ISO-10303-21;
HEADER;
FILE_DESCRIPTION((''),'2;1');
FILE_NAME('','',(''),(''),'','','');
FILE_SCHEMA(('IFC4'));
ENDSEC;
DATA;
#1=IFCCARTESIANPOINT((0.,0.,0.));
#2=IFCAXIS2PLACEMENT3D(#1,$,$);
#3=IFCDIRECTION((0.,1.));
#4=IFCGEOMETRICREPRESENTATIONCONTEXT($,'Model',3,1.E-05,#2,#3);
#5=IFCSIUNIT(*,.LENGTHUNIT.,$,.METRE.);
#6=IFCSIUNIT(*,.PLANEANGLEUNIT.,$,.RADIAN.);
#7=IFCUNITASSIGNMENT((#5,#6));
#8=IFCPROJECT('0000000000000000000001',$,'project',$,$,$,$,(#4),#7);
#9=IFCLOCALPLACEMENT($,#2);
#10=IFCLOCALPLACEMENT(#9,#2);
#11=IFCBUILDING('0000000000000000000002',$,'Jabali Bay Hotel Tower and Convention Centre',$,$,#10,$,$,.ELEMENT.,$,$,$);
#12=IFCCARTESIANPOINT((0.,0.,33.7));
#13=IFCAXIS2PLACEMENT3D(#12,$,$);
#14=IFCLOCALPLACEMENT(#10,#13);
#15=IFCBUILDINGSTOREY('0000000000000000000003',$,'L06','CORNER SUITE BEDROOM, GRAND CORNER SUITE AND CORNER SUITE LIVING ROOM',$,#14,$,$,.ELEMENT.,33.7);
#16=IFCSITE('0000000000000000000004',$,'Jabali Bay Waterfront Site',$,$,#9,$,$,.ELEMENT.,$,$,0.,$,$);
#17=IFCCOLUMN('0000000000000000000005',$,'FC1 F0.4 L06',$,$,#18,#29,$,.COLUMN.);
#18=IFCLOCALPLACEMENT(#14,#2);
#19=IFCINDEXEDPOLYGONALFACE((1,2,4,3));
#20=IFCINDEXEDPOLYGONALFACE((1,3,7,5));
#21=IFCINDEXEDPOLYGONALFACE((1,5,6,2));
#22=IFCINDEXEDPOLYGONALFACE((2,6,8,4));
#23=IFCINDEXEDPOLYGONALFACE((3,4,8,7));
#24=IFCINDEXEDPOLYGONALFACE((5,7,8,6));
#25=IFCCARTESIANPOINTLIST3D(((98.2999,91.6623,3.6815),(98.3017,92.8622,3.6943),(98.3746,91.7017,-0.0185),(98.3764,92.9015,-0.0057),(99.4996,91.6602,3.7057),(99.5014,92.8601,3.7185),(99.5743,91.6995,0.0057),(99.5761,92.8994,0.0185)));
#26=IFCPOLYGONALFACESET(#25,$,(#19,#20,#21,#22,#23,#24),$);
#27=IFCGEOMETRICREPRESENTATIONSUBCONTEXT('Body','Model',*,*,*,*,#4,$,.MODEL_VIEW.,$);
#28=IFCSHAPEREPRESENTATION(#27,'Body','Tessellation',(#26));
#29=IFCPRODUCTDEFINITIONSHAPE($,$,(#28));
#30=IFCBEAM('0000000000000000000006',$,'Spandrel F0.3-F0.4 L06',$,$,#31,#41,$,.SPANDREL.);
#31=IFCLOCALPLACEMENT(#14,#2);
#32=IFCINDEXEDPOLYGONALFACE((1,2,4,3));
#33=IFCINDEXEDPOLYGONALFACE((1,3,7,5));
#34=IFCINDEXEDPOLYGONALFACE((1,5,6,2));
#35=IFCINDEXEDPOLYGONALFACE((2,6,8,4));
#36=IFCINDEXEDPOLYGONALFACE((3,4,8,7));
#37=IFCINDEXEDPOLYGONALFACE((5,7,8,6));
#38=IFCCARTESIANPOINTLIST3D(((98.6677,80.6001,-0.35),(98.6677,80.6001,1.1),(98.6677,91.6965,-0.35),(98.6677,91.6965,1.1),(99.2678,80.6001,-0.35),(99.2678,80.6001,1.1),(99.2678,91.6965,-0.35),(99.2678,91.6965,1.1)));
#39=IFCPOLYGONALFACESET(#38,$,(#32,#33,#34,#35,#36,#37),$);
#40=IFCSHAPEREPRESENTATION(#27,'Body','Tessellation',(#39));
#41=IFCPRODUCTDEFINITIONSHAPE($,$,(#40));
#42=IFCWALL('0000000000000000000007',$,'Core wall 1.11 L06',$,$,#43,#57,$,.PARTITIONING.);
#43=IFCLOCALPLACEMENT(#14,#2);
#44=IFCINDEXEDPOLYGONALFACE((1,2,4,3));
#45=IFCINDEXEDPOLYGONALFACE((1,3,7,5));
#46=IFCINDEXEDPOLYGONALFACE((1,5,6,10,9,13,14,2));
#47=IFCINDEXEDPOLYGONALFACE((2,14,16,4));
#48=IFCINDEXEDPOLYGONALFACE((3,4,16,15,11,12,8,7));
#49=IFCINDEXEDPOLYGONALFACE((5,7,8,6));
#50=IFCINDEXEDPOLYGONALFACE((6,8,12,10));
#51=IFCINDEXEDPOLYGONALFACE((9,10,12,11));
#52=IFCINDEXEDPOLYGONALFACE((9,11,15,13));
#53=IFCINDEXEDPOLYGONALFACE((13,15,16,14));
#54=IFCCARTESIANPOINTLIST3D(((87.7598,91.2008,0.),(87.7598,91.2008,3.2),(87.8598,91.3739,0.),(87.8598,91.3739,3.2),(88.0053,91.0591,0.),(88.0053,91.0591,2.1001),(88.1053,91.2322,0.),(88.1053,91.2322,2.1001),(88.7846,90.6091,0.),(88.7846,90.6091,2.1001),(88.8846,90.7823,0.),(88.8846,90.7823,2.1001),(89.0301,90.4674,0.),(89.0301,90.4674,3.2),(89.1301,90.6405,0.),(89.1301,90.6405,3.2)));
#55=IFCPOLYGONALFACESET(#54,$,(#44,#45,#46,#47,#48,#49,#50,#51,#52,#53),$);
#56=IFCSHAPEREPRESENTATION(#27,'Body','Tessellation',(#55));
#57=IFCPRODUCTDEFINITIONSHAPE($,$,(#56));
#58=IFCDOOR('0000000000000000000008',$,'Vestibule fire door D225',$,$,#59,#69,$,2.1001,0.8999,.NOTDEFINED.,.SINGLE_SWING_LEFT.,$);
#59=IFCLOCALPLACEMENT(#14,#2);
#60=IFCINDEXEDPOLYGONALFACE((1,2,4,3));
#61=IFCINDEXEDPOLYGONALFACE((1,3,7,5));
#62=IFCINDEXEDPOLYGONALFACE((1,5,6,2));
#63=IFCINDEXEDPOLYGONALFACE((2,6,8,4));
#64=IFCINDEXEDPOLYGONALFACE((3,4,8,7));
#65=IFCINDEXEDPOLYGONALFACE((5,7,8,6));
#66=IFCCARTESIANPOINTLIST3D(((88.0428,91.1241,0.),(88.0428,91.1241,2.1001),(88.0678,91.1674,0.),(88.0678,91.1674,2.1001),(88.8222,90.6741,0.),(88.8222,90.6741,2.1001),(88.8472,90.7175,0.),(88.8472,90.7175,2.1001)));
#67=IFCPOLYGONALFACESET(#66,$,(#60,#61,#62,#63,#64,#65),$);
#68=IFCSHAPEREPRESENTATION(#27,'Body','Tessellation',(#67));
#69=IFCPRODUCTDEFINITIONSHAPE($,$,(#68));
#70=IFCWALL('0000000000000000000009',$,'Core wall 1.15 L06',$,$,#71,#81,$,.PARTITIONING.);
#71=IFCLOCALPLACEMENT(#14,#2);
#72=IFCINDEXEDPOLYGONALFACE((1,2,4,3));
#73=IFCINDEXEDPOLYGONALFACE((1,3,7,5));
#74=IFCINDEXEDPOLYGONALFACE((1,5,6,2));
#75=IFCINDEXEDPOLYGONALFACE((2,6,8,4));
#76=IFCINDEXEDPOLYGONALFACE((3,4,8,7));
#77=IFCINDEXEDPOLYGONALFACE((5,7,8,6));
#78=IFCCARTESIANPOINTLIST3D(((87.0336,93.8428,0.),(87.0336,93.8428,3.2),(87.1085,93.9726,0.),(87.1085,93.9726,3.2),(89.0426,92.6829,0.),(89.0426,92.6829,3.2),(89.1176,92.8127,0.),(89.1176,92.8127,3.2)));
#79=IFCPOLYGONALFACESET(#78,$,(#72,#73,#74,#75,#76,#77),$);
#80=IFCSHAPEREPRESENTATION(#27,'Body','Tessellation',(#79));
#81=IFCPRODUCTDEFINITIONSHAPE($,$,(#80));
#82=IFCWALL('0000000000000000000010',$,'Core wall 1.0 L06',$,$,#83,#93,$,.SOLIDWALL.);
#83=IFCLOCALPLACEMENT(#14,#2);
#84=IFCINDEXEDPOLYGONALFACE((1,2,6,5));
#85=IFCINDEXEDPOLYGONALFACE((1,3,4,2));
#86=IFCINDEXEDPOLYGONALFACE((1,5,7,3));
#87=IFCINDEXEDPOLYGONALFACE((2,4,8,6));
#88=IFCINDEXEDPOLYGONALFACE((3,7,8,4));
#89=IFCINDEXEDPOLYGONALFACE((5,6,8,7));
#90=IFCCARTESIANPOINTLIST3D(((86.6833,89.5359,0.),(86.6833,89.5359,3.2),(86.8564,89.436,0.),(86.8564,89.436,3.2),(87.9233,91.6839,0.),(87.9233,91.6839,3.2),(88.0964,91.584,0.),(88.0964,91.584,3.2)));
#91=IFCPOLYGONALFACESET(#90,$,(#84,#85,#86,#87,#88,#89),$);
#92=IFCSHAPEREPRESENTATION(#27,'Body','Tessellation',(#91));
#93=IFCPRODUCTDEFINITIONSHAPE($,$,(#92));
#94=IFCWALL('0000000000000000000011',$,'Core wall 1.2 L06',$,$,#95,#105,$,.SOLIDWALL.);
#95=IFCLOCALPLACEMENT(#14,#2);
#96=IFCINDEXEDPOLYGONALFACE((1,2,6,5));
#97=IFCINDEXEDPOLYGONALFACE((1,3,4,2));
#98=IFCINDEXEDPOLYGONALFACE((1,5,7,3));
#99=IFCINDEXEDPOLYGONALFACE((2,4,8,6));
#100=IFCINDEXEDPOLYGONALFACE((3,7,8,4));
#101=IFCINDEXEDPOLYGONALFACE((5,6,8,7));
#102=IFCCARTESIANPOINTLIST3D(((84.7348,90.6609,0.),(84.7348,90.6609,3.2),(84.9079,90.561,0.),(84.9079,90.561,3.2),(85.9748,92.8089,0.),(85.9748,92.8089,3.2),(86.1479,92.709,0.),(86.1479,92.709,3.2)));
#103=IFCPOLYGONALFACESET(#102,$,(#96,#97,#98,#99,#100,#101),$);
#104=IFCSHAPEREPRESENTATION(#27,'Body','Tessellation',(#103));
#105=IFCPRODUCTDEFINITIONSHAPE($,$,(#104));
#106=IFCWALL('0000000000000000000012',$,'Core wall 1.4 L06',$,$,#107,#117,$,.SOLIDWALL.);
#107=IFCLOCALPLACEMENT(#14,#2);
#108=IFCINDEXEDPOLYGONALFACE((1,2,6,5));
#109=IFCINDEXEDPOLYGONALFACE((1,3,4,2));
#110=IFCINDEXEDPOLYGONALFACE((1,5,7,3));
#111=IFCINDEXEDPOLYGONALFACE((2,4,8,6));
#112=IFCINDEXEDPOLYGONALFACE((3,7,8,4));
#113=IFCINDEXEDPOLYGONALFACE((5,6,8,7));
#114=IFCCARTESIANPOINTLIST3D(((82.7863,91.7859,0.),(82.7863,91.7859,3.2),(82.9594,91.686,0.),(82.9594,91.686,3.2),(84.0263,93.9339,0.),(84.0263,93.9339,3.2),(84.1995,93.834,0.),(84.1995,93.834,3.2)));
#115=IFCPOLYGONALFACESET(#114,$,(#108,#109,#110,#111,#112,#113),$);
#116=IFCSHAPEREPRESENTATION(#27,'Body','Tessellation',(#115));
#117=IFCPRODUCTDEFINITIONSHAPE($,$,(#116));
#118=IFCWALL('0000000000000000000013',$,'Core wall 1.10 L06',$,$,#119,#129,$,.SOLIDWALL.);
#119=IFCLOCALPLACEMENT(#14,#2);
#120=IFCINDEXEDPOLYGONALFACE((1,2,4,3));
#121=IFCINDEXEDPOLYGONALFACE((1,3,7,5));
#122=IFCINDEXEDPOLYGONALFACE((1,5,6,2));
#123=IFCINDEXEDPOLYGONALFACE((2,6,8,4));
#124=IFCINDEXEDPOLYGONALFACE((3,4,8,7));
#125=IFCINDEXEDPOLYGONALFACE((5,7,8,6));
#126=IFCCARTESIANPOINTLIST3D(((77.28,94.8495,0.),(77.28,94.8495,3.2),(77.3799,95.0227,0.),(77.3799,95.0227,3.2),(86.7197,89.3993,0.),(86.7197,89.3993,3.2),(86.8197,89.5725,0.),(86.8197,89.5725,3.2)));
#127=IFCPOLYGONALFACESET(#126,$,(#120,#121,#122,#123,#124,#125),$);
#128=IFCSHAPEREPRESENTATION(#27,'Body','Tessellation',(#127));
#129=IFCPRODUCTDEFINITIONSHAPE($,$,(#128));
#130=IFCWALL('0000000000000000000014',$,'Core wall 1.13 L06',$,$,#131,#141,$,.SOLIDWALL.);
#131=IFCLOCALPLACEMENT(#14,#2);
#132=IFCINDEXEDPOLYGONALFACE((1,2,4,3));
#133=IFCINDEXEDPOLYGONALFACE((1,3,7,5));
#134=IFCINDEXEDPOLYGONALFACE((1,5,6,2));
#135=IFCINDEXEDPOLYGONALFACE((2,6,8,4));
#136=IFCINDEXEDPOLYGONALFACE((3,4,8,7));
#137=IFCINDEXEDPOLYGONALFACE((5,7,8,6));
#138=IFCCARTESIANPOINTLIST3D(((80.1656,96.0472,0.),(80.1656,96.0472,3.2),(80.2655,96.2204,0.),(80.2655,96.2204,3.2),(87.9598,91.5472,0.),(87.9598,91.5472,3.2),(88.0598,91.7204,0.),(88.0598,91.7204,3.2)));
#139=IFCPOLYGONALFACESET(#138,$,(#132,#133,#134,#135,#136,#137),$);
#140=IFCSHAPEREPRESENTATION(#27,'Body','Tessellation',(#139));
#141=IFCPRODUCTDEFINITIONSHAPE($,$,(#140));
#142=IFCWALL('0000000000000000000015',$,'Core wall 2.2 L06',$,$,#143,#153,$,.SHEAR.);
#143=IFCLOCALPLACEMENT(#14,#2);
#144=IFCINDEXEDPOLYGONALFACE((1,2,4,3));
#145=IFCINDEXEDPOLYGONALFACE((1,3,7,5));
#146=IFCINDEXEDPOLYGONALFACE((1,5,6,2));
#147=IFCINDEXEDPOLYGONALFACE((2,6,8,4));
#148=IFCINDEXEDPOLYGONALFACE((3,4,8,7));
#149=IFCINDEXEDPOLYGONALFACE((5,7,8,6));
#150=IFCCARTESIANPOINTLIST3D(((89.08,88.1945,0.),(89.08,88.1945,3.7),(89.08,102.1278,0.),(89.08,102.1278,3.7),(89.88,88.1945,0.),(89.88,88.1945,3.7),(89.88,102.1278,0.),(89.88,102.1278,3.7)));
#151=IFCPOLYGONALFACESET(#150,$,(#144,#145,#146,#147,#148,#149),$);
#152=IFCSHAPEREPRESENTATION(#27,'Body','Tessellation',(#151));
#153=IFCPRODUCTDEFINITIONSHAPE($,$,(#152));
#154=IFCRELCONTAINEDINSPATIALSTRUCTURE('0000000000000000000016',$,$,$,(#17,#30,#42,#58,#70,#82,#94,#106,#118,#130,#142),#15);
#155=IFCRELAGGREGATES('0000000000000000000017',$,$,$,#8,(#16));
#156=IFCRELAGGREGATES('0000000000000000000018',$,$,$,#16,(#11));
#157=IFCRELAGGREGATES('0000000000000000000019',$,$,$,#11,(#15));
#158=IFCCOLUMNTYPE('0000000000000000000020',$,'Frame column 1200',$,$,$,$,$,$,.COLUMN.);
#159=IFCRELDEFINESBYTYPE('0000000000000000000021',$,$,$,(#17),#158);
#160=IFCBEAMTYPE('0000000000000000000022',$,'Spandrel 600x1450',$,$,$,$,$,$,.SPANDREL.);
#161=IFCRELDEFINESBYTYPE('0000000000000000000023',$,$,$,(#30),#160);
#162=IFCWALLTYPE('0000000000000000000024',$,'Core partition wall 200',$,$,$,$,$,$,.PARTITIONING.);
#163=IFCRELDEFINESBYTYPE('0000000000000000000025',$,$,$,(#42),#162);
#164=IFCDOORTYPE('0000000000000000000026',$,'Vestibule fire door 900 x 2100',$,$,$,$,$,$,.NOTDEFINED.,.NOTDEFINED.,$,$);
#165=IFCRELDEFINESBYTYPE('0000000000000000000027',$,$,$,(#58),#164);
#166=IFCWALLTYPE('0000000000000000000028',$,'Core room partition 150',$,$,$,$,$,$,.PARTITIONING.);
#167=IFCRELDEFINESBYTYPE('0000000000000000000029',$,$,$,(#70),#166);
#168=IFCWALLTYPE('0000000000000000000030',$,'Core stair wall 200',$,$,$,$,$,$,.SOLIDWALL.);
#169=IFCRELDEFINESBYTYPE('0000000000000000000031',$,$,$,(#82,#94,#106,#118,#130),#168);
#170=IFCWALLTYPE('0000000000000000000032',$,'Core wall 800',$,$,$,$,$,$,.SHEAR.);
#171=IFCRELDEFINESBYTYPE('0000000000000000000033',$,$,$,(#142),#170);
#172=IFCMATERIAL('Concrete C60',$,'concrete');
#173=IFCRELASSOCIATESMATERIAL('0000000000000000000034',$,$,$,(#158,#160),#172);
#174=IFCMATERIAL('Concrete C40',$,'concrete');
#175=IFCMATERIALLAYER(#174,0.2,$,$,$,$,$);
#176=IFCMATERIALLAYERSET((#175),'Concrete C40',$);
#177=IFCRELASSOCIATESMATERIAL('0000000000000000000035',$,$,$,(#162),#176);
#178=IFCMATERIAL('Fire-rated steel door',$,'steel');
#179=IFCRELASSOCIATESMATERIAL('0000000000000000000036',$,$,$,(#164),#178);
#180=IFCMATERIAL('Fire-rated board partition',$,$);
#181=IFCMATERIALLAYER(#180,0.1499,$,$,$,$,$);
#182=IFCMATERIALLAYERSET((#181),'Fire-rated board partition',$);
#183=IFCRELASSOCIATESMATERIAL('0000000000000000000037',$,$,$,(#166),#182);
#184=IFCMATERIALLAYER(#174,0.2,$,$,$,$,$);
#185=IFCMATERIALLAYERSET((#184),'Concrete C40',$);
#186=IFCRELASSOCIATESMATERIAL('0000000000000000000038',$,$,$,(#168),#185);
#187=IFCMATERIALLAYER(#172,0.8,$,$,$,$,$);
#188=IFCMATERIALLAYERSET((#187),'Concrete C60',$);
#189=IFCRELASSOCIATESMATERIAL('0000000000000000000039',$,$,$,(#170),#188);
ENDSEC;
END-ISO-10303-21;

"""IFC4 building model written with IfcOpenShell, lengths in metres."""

from ifc_helpers import new_model, si_unit, direction, frame, frame_2d, origin, origin_2d, place, context, subcontext, project, spatial, rectangle, extrude, material, layer, layer_set, material_profile, profile_set, type_object, element, fill, save


model = new_model("IFC4")

# Units and contexts
model_context = context("Model", 3, precision=1e-05, world=origin(), true_north=direction((0.0, 1.0)))
body_context = subcontext(model_context, "Body", "Model", "MODEL_VIEW")
ifc_project = project(units=[si_unit("LENGTHUNIT", "METRE"), si_unit("PLANEANGLEUNIT", "RADIAN")], contexts=[model_context])

# Site, building, storey
site_placement = place(None, origin())
site = spatial("IfcSite", under=ifc_project, at=site_placement, Name="Jabali Bay Waterfront Site", CompositionType="ELEMENT", RefElevation=0.0)
building_placement = place(site_placement, origin())
building = spatial("IfcBuilding", under=site, at=building_placement, Name="Jabali Bay Hotel Tower and Convention Centre", CompositionType="ELEMENT")
storey_placement = place(building_placement, frame((0.0, 0.0, 33.7)))
storey = spatial("IfcBuildingStorey", under=building, at=storey_placement, Name="L06", Description="CORNER SUITE BEDROOM, GRAND CORNER SUITE AND CORNER SUITE LIVING ROOM", CompositionType="ELEMENT", Elevation=33.7)

# Column
ifc_material_1 = material(Name="Concrete C60", Category="concrete")
ifc_material_profile_1 = material_profile(ifc_material_1, rectangle(XDim=1.2, YDim=1.2, at=origin_2d()), Name="Frame column 1200")
ifc_profile_set_1 = profile_set([ifc_material_profile_1], Name="Concrete C60")
column_type = type_object("IfcColumnType", Name="Frame column 1200", PredefinedType="COLUMN", material=ifc_profile_set_1)
column_placement = place(storey_placement, frame((98.9753, 92.3005, 0.0), z_axis=(-0.020186, -0.010621, 0.99974), x_axis=(0.999795, -0.001758, 0.020169)))
element("IfcColumn", 1, at=column_placement, inside=storey, type_object=column_type, Name="FC1 F0.4 L06", PredefinedType="COLUMN", context=body_context, shape_type="SweptSolid", body=[
    extrude(rectangle(XDim=1.2, YDim=1.2, at=origin_2d()), origin(), (0.0, 0.0, 1.0), 3.7009),
])

# Beam
ifc_material_profile_2 = material_profile(ifc_material_1, rectangle(XDim=0.6001, YDim=1.45, at=origin_2d()), Name="Spandrel 600x1450")
ifc_profile_set_2 = profile_set([ifc_material_profile_2], Name="Concrete C60")
beam_type = type_object("IfcBeamType", Name="Spandrel 600x1450", PredefinedType="SPANDREL", material=ifc_profile_set_2)
beam_placement = place(storey_placement, frame((98.9678, 80.6001, 0.375), z_axis=(0.0, 1.0, 0.0), x_axis=(-1.0, 0.0, 0.0)))
element("IfcBeam", 2, at=beam_placement, inside=storey, type_object=beam_type, Name="Spandrel F0.3-F0.4 L06", PredefinedType="SPANDREL", context=body_context, shape_type="SweptSolid", body=[
    extrude(rectangle(XDim=0.6001, YDim=1.45, at=origin_2d()), origin(), (0.0, 0.0, 1.0), 11.0964),
])

# Wall, opening, door
ifc_material_2 = material(Name="Concrete C40", Category="concrete")
ifc_layer_1 = layer(ifc_material_2, 0.2)
ifc_layer_set_1 = layer_set([ifc_layer_1], Name="Concrete C40")
wall_type_1 = type_object("IfcWallType", Name="Core partition wall 200", PredefinedType="PARTITIONING", material=ifc_layer_set_1)
wall_1_placement = place(storey_placement, frame((89.0801, 90.554, 0.0), z_axis=(0.0, 0.0, 1.0), x_axis=(-0.866022, 0.500006, 0.0)))
wall_1 = element("IfcWall", 3, at=wall_1_placement, inside=storey, type_object=wall_type_1, Name="Core wall 1.11 L06", PredefinedType="PARTITIONING", context=body_context, shape_type="SweptSolid", body=[
    extrude(rectangle(XDim=1.4668, YDim=0.2, at=frame_2d((0.7334, 0.0))), origin(), (0.0, 0.0, 1.0), 3.2),
])
opening_1_placement = place(wall_1_placement, frame((0.2834, 0.0, 0.0)))
opening_1 = element("IfcOpeningElement", 4, at=opening_1_placement, cuts=wall_1, PredefinedType="OPENING", context=body_context, shape_type="SweptSolid", body=[
    extrude(rectangle(XDim=0.8999, YDim=2.1001, at=frame_2d((0.45, 1.05))), frame((0.0, 0.1104, 0.0), z_axis=(0.0, -1.0, 0.0), x_axis=(1.0, 0.0, 0.0)), (0.0, 0.0, 1.0), 0.2209),
])
ifc_material_3 = material(Name="Fire-rated steel door", Category="steel")
door_type_1 = type_object("IfcDoorType", Name="Vestibule fire door 900 x 2100", OperationType="NOTDEFINED", PredefinedType="NOTDEFINED", material=ifc_material_3)
door_1_placement = place(opening_1_placement, origin())
door_1 = element("IfcDoor", 5, at=door_1_placement, inside=storey, type_object=door_type_1, Name="Vestibule fire door D225", OperationType="SINGLE_SWING_LEFT", OverallHeight=2.1001, OverallWidth=0.8999, PredefinedType="NOTDEFINED", context=body_context, shape_type="SweptSolid", body=[
    extrude(rectangle(XDim=0.8999, YDim=2.1001, at=frame_2d((0.45, 1.05))), frame((0.0, 0.0249, 0.0), z_axis=(0.0, -1.0, 0.0), x_axis=(1.0, 0.0, 0.0)), (0.0, 0.0, 1.0), 0.05),
])
fill(opening_1, door_1)

# Walls
ifc_material_4 = material(Name="Fire-rated board partition")
ifc_layer_2 = layer(ifc_material_4, 0.1499)
ifc_layer_set_2 = layer_set([ifc_layer_2], Name="Fire-rated board partition")
wall_type_2 = type_object("IfcWallType", Name="Core room partition 150", PredefinedType="PARTITIONING", material=ifc_layer_set_2)
wall_2_placement = place(storey_placement, frame((89.0801, 92.7478, 0.0), z_axis=(0.0, 0.0, 1.0), x_axis=(-0.866026, 0.499999, 0.0)))
element("IfcWall", 6, at=wall_2_placement, inside=storey, type_object=wall_type_2, Name="Core wall 1.15 L06", PredefinedType="PARTITIONING", context=body_context, shape_type="SweptSolid", body=[
    extrude(rectangle(XDim=2.3198, YDim=0.1499, at=frame_2d((1.1599, 0.0))), origin(), (0.0, 0.0, 1.0), 3.2),
])
ifc_layer_3 = layer(ifc_material_2, 0.2)
ifc_layer_set_3 = layer_set([ifc_layer_3], Name="Concrete C40")
wall_type_3 = type_object("IfcWallType", Name="Core stair wall 200", PredefinedType="SOLIDWALL", material=ifc_layer_set_3)
for number, where, z_axis, x_axis, name in (
    (7, (86.7698, 89.4858, 0.0), (0.0, 0.0, 1.0), (0.499961, 0.866048, 0.0), "Core wall 1.0 L06"),
    (8, (84.8213, 90.6108, 0.0), (0.0, 0.0, 1.0), (0.499961, 0.866048, 0.0), "Core wall 1.2 L06"),
    (9, (82.8728, 91.7358, 0.0), (0.0, 0.0, 1.0), (0.499961, 0.866048, 0.0), "Core wall 1.4 L06"),
):
    element("IfcWall", number, at=place(storey_placement, frame(where, z_axis=z_axis, x_axis=x_axis)), inside=storey, type_object=wall_type_3, Name=name, PredefinedType="SOLIDWALL", context=body_context, shape_type="SweptSolid", body=[
        extrude(rectangle(XDim=2.4802, YDim=0.2, at=frame_2d((1.2402, 0.0))), origin(), (0.0, 0.0, 1.0), 3.2),
    ])
wall_3_placement = place(storey_placement, frame((86.7698, 89.4858, 0.0), z_axis=(0.0, 0.0, 1.0), x_axis=(-0.866018, 0.500013, 0.0)))
element("IfcWall", 10, at=wall_3_placement, inside=storey, type_object=wall_type_3, Name="Core wall 1.10 L06", PredefinedType="SOLIDWALL", context=body_context, shape_type="SweptSolid", body=[
    extrude(rectangle(XDim=10.9001, YDim=0.2, at=frame_2d((5.4502, 0.0))), origin(), (0.0, 0.0, 1.0), 3.2),
])
wall_4_placement = place(storey_placement, frame((88.0098, 91.6338, 0.0), z_axis=(0.0, 0.0, 1.0), x_axis=(-0.866024, 0.500002, 0.0)))
element("IfcWall", 11, at=wall_4_placement, inside=storey, type_object=wall_type_3, Name="Core wall 1.13 L06", PredefinedType="SOLIDWALL", context=body_context, shape_type="SweptSolid", body=[
    extrude(rectangle(XDim=9.0, YDim=0.2, at=frame_2d((4.5, 0.0))), origin(), (0.0, 0.0, 1.0), 3.2),
])
ifc_layer_4 = layer(ifc_material_1, 0.8)
ifc_layer_set_4 = layer_set([ifc_layer_4], Name="Concrete C60")
wall_type_4 = type_object("IfcWallType", Name="Core wall 800", PredefinedType="SHEAR", material=ifc_layer_set_4)
wall_5_placement = place(storey_placement, frame((89.48, 88.1943, 0.0), z_axis=(0.0, 0.0, 1.0), x_axis=(0.0, 1.0, 0.0)))
element("IfcWall", 12, at=wall_5_placement, inside=storey, type_object=wall_type_4, Name="Core wall 2.2 L06", PredefinedType="SHEAR", context=body_context, shape_type="SweptSolid", body=[
    extrude(rectangle(XDim=13.9333, YDim=0.8, at=frame_2d((6.9668, 0.0))), origin(), (0.0, 0.0, 1.0), 3.7),
])

save(model, "model.ifc")
